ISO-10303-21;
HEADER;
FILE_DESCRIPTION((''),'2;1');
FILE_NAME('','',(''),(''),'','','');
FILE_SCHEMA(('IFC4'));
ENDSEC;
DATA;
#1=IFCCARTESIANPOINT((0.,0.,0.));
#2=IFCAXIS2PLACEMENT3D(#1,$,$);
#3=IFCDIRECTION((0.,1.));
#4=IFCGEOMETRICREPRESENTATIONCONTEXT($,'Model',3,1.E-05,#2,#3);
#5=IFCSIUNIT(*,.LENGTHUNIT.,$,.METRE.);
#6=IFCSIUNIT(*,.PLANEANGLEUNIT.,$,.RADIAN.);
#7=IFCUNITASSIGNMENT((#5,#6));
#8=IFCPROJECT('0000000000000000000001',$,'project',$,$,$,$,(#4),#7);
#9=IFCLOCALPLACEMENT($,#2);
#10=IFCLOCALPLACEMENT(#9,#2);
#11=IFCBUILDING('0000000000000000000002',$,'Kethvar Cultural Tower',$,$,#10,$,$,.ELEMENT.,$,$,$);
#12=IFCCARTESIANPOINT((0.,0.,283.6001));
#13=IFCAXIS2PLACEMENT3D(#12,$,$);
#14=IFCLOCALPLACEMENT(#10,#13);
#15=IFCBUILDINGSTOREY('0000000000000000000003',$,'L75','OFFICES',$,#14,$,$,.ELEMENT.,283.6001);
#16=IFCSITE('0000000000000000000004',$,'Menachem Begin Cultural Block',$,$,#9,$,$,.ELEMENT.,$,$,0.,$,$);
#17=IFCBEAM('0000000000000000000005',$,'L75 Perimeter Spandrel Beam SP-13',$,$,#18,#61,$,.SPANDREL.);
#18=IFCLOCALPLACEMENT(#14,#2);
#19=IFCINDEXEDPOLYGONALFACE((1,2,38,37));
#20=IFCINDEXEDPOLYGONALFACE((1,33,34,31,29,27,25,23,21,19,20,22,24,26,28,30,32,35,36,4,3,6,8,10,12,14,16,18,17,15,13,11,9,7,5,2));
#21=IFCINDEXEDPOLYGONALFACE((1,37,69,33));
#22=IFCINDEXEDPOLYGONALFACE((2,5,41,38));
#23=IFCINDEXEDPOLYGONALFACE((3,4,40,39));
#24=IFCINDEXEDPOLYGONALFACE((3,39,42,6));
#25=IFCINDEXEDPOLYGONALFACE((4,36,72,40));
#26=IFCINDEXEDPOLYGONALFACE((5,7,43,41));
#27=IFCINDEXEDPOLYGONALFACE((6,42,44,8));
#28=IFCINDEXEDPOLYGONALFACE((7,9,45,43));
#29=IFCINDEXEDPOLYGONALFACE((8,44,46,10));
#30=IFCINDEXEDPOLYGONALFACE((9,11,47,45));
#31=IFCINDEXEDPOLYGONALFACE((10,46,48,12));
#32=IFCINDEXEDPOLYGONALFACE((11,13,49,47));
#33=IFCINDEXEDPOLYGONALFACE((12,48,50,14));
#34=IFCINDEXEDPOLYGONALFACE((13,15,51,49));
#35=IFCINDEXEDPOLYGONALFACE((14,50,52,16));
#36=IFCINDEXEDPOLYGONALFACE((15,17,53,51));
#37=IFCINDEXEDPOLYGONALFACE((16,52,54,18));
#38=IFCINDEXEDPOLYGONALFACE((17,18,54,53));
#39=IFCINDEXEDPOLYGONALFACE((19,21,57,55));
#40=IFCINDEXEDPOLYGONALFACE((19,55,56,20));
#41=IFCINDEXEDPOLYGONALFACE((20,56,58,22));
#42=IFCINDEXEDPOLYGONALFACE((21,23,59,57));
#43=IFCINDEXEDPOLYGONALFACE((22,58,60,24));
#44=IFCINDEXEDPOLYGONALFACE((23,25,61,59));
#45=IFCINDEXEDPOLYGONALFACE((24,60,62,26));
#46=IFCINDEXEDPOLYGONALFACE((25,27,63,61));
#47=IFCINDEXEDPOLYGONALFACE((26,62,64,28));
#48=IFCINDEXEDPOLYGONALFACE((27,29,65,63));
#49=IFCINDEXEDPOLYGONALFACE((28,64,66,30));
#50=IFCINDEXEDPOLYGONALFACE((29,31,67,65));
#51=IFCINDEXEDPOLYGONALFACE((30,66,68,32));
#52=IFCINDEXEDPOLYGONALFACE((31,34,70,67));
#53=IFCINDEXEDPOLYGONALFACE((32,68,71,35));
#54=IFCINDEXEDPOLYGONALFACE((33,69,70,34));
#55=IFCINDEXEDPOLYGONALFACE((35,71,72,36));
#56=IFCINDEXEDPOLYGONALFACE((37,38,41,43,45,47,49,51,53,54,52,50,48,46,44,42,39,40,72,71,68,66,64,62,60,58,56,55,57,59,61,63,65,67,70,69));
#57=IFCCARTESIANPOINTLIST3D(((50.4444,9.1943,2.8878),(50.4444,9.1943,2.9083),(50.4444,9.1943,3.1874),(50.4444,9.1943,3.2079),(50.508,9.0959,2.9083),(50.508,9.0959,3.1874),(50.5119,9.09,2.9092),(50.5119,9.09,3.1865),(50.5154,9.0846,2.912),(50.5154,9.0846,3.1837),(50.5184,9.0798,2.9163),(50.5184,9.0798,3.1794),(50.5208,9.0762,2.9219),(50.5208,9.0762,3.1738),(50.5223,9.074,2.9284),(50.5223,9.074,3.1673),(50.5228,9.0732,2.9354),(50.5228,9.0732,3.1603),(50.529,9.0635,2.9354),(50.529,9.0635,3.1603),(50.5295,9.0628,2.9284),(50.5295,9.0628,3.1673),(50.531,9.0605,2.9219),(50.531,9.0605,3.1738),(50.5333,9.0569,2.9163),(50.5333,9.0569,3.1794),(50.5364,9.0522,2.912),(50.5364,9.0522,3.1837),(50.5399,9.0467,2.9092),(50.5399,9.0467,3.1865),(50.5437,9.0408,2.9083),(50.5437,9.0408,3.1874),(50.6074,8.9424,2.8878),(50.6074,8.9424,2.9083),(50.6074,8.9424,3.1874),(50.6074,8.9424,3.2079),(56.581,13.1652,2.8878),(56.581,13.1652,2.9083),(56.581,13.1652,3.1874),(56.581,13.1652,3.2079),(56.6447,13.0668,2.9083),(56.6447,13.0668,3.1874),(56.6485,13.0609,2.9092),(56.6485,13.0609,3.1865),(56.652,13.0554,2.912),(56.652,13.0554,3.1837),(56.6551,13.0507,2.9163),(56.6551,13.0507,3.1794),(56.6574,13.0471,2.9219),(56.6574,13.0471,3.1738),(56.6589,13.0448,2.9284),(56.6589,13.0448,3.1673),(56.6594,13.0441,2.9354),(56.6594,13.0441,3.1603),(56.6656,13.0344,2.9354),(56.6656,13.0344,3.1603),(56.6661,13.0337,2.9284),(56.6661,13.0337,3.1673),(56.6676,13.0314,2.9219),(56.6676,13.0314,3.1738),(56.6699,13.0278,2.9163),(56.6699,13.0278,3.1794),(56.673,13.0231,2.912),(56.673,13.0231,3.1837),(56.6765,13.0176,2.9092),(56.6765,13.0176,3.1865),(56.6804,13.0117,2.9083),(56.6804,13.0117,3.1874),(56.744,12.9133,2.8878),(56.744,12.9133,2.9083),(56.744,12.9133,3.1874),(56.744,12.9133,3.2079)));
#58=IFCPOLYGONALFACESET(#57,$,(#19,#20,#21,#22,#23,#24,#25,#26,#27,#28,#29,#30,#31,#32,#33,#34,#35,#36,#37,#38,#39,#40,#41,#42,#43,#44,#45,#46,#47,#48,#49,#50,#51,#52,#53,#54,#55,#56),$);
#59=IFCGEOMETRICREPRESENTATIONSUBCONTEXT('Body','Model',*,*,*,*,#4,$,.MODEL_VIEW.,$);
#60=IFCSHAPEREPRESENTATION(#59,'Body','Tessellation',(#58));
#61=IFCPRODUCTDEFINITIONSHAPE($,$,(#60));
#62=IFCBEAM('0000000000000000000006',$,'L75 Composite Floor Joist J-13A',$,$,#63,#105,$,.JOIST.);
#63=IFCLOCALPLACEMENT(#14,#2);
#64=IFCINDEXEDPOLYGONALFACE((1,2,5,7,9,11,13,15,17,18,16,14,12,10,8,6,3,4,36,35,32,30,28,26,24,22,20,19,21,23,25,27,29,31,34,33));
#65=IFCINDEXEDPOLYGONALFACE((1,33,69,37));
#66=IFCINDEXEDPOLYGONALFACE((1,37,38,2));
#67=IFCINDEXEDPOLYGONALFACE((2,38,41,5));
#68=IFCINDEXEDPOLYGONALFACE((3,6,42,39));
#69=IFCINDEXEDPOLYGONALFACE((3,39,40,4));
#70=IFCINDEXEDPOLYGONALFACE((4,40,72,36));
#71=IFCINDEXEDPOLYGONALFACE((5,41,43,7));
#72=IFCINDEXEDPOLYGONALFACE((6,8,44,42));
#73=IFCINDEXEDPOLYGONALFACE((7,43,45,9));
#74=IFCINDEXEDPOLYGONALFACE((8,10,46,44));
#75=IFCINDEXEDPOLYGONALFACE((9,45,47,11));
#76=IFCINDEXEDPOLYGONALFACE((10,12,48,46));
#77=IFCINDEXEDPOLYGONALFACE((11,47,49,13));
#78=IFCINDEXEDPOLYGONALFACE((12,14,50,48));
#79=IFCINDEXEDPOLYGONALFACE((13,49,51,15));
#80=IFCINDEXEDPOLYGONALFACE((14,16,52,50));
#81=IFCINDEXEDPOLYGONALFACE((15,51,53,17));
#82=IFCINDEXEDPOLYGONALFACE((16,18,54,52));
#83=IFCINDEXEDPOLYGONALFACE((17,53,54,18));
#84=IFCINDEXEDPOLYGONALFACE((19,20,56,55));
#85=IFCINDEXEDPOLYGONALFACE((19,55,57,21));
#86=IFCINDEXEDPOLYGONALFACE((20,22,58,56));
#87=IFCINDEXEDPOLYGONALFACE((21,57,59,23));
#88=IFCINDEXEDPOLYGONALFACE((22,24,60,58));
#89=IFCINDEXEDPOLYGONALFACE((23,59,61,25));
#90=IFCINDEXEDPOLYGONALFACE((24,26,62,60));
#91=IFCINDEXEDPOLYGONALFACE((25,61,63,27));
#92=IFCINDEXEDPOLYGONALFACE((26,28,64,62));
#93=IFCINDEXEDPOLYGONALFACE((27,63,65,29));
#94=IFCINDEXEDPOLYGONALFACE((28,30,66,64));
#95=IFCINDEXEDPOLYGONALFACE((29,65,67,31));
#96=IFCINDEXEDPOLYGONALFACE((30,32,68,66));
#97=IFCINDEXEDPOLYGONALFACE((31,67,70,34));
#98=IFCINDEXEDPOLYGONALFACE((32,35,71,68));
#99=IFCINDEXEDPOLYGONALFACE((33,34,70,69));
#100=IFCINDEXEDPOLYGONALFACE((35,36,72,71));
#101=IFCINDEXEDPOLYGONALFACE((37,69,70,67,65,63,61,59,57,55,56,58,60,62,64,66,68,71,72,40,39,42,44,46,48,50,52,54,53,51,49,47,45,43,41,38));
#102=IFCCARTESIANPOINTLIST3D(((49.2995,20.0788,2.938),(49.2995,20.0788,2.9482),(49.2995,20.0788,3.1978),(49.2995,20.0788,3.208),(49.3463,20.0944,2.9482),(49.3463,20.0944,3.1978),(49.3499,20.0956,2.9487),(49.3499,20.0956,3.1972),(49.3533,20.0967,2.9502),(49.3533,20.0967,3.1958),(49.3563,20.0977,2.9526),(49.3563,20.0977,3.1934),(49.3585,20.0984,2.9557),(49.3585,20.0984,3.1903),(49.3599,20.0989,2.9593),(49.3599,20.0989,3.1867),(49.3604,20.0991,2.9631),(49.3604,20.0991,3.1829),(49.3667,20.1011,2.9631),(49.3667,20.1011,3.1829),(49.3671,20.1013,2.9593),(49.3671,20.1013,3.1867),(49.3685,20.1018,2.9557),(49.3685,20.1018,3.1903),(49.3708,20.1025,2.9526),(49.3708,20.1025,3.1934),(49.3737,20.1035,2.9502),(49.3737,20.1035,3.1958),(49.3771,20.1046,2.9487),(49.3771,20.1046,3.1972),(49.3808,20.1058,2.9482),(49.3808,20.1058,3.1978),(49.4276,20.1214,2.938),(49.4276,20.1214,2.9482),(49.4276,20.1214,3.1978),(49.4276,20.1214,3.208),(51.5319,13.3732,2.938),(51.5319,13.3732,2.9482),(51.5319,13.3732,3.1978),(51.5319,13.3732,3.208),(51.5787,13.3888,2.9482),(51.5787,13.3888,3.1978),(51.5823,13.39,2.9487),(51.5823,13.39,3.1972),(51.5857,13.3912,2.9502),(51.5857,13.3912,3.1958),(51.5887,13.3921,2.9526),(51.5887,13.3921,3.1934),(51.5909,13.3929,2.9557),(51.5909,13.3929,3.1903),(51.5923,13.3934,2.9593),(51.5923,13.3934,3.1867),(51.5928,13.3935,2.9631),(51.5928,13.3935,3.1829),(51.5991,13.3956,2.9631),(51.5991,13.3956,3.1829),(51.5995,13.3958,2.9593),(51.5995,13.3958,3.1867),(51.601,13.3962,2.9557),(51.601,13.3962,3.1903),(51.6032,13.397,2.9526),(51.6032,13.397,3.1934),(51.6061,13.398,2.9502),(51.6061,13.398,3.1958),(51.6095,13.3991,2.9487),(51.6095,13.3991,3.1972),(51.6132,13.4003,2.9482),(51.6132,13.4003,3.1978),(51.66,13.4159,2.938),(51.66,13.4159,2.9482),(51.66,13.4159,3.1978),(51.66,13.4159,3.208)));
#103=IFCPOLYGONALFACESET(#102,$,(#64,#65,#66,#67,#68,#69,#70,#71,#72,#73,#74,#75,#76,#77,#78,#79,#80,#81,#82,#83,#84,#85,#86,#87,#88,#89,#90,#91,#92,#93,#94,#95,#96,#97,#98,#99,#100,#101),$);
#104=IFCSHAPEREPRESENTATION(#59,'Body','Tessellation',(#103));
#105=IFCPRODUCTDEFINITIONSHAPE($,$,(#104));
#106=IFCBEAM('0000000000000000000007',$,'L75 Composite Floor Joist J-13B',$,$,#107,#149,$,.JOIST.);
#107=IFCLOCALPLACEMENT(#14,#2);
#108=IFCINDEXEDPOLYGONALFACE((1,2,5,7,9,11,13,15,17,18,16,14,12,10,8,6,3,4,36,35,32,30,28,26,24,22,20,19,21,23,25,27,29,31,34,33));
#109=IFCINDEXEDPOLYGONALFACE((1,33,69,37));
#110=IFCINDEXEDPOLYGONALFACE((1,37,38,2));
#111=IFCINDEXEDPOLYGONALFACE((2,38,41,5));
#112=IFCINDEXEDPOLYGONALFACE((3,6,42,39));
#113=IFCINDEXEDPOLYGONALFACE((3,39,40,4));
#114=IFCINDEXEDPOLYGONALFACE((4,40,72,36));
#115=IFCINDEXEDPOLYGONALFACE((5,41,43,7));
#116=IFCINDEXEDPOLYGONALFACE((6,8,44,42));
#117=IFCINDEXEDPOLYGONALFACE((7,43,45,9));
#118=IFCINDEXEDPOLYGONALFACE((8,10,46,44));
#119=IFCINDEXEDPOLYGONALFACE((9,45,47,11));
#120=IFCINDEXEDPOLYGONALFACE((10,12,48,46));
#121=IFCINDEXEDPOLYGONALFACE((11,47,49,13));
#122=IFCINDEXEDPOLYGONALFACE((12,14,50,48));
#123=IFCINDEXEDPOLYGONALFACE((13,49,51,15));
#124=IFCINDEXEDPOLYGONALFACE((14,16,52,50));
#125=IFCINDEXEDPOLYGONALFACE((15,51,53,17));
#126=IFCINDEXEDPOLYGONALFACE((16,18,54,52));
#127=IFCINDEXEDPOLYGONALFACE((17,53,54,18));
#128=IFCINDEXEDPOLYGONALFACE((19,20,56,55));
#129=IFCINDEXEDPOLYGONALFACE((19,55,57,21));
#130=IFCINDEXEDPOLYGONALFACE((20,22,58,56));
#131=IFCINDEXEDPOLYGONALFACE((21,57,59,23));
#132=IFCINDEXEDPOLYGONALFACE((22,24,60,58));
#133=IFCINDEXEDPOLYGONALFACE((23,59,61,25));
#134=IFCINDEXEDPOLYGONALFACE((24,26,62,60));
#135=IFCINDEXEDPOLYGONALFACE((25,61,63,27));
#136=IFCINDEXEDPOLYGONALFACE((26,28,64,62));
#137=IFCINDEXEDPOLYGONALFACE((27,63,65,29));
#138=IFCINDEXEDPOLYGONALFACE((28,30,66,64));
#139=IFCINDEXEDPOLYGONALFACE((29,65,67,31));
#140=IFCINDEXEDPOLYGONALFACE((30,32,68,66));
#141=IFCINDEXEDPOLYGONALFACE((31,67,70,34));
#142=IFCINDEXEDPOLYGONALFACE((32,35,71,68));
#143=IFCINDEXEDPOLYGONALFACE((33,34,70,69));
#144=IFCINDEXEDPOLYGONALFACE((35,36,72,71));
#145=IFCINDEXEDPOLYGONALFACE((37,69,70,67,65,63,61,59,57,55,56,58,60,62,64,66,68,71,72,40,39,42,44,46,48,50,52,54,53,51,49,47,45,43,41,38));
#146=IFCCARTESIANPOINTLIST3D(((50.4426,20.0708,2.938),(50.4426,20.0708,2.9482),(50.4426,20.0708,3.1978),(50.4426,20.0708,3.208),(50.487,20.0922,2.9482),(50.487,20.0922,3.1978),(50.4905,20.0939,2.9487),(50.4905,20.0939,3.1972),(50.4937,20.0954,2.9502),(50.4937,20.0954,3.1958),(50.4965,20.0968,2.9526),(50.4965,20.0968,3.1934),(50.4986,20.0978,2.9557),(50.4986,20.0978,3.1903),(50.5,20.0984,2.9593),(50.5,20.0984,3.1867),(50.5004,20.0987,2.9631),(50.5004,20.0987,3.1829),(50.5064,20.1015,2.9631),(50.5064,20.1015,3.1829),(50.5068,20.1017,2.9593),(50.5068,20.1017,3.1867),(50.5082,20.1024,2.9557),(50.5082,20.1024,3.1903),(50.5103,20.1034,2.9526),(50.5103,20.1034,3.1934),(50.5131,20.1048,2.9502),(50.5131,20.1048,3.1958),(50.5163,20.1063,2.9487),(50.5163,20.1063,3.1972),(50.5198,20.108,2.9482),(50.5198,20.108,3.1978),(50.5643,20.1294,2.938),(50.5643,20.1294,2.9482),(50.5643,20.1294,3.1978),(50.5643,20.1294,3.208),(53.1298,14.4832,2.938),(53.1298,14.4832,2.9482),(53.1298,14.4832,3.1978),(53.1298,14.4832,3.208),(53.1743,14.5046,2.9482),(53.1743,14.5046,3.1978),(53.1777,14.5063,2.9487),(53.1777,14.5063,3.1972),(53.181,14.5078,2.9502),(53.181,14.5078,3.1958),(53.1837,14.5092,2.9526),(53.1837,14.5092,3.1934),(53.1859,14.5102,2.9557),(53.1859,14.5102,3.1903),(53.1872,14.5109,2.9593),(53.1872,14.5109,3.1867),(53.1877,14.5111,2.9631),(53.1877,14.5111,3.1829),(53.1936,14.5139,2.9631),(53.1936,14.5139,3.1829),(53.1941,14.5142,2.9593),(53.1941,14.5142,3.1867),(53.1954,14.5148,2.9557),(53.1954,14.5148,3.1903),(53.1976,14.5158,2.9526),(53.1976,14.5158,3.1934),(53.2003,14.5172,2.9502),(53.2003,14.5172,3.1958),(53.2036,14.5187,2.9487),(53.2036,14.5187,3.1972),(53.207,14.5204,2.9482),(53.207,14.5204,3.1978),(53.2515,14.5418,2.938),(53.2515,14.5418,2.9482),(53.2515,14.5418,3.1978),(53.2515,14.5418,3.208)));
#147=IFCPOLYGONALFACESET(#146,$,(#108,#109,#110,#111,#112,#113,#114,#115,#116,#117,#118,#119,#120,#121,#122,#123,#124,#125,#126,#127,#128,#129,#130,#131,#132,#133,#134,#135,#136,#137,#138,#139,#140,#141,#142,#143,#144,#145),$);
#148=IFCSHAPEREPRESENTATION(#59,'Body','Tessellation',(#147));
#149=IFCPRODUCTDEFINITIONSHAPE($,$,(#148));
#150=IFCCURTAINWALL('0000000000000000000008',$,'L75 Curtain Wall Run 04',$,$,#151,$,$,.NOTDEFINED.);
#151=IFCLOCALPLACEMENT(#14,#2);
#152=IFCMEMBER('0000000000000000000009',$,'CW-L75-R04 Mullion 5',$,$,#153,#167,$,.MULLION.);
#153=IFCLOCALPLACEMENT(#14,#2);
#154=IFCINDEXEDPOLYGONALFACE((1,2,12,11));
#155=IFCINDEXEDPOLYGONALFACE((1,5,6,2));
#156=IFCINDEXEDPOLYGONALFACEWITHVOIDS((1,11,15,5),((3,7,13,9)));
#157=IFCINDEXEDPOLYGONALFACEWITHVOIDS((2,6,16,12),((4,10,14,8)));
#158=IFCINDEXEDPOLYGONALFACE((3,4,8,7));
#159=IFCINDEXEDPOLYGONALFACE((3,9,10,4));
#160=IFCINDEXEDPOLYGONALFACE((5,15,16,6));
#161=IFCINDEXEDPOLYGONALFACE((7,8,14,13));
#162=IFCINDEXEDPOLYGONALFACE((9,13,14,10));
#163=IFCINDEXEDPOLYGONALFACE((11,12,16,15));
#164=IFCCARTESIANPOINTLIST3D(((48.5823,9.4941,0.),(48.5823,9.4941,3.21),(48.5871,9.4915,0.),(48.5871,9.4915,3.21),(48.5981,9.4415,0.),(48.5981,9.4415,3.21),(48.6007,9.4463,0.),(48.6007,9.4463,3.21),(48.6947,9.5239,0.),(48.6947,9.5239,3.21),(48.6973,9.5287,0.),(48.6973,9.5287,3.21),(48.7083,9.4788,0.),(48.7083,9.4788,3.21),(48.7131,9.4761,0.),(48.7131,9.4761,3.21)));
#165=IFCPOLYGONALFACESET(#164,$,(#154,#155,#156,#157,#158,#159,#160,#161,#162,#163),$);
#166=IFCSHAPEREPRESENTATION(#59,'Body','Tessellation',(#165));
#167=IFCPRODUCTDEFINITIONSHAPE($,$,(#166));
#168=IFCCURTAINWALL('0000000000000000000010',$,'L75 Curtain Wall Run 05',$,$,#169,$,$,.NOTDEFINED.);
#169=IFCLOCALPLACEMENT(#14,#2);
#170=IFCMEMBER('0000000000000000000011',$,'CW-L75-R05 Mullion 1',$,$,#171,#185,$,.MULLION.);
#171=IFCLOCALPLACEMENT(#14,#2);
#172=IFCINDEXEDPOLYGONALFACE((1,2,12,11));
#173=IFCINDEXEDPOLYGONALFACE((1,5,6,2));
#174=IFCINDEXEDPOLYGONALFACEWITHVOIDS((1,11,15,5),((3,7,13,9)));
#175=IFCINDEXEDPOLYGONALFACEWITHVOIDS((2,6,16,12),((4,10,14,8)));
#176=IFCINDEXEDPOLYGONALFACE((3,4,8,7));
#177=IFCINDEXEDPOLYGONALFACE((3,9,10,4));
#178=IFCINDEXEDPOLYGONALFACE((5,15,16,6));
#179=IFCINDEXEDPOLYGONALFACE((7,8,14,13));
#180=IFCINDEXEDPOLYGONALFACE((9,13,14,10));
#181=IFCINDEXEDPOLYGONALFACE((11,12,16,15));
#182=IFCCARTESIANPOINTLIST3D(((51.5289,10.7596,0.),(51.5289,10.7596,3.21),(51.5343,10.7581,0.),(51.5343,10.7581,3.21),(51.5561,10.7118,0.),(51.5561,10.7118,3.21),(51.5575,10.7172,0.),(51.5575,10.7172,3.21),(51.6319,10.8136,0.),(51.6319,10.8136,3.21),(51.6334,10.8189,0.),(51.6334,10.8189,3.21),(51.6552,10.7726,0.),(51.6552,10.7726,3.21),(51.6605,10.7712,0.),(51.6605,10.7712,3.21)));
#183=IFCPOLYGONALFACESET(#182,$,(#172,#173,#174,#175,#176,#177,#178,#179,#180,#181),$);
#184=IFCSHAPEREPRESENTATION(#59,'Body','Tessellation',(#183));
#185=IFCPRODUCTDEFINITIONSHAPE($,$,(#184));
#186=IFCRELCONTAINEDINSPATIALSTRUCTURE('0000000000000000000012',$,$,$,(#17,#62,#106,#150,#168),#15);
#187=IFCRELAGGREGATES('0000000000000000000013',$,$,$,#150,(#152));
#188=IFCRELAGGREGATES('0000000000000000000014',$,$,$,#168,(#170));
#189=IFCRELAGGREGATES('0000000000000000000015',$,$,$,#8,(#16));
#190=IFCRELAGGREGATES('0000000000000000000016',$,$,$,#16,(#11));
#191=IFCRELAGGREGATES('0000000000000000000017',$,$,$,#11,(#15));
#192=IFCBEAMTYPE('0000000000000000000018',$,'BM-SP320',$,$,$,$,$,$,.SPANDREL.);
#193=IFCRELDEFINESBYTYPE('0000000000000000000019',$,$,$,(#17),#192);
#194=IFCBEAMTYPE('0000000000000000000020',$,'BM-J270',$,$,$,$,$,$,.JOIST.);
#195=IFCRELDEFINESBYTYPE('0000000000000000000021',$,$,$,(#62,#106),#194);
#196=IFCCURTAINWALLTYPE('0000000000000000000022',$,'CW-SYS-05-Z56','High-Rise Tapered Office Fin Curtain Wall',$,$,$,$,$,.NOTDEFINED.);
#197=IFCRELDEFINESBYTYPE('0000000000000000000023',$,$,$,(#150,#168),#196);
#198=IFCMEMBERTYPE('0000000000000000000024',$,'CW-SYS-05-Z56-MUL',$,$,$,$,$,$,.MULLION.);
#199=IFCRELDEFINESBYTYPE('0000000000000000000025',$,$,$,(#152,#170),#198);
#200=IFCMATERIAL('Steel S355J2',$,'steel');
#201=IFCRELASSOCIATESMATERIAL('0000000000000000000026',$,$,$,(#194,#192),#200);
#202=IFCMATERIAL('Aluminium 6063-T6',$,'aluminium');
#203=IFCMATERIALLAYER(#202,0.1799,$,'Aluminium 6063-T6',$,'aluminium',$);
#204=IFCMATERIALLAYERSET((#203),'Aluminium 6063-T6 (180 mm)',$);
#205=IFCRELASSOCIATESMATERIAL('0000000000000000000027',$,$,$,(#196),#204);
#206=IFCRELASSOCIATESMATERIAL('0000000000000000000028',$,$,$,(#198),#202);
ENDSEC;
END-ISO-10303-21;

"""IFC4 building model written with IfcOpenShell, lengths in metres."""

from ifc_helpers import new_model, si_unit, direction, frame, origin, origin_2d, place, context, subcontext, project, spatial, hollow_rectangle, i_section, extrude, source, transform, mapped, material, layer, layer_set, material_profile, profile_set, type_object, element, aggregate, save


model = new_model("IFC4")

# Units and contexts
model_context = context("Model", 3, precision=1e-05, world=origin(), true_north=direction((0.0, 1.0)))
body_context = subcontext(model_context, "Body", "Model", "MODEL_VIEW")
ifc_project = project(units=[si_unit("LENGTHUNIT", "METRE"), si_unit("PLANEANGLEUNIT", "RADIAN")], contexts=[model_context])

# Site, building, storey
site_placement = place(None, origin())
site = spatial("IfcSite", under=ifc_project, at=site_placement, Name="Menachem Begin Cultural Block", CompositionType="ELEMENT", RefElevation=0.0)
building_placement = place(site_placement, origin())
building = spatial("IfcBuilding", under=site, at=building_placement, Name="Kethvar Cultural Tower", CompositionType="ELEMENT")
storey_placement = place(building_placement, frame((0.0, 0.0, 283.6001)))
storey = spatial("IfcBuildingStorey", under=building, at=storey_placement, Name="L75", Description="OFFICES", CompositionType="ELEMENT", Elevation=283.6001)

# Shared definitions
ifc_material_1 = material(Name="Steel S355J2", Category="steel")

# Beams
ifc_material_profile_1 = material_profile(ifc_material_1, i_section(OverallWidth=0.135, OverallDepth=0.27, WebThickness=0.0066, FlangeThickness=0.0103, FilletRadius=0.0149, at=origin_2d()), Name="Steel S355J2 — IPE270")
ifc_profile_set_1 = profile_set([ifc_material_profile_1], Name="Steel S355J2 — IPE270")
beam_type_1 = type_object("IfcBeamType", Name="BM-J270", PredefinedType="JOIST", material=ifc_profile_set_1)
ifc_material_profile_2 = material_profile(ifc_material_1, i_section(OverallWidth=0.3, OverallDepth=0.3201, WebThickness=0.0115, FlangeThickness=0.0205, FilletRadius=0.0271, at=origin_2d()), Name="Steel S355J2 — HEB320")
ifc_profile_set_2 = profile_set([ifc_material_profile_2], Name="Steel S355J2 — HEB320")
beam_type_2 = type_object("IfcBeamType", Name="BM-SP320", PredefinedType="SPANDREL", material=ifc_profile_set_2)
shared_shape_1 = source(origin(), body_context, "Body", "SweptSolid", [
    extrude(i_section(OverallWidth=0.3, OverallDepth=0.3201, WebThickness=0.0115, FlangeThickness=0.0205, FilletRadius=0.0271, at=origin_2d()), origin(), (0.0, 0.0, 1.0), 7.3093),
])
beam_1_placement = place(storey_placement, frame((50.5259, 9.0684, 3.0479), z_axis=(0.839562, 0.543264, 0.0), x_axis=(-0.543264, 0.839562, 0.0)))
element("IfcBeam", 1, at=beam_1_placement, inside=storey, type_object=beam_type_2, Name="L75 Perimeter Spandrel Beam SP-13", PredefinedType="SPANDREL", context=body_context, shape_type="MappedRepresentation", body=[
    mapped(shared_shape_1, transform((0.0, 0.0, 0.0), scale=1.0)),
])
shared_shape_2 = source(origin(), body_context, "Body", "SweptSolid", [
    extrude(i_section(OverallWidth=0.135, OverallDepth=0.27, WebThickness=0.0066, FlangeThickness=0.0103, FilletRadius=0.0149, at=origin_2d()), origin(), (0.0, 0.0, 1.0), 7.0674),
])
beam_2_placement = place(storey_placement, frame((49.3635, 20.1001, 3.073), z_axis=(0.315875, -0.948801, 0.0), x_axis=(0.948801, 0.315875, 0.0)))
element("IfcBeam", 2, at=beam_2_placement, inside=storey, type_object=beam_type_1, Name="L75 Composite Floor Joist J-13A", PredefinedType="JOIST", context=body_context, shape_type="MappedRepresentation", body=[
    mapped(shared_shape_2, transform((0.0, 0.0, 0.0), scale=1.0)),
])
shared_shape_3 = source(origin(), body_context, "Body", "SweptSolid", [
    extrude(i_section(OverallWidth=0.135, OverallDepth=0.27, WebThickness=0.0066, FlangeThickness=0.0103, FilletRadius=0.0149, at=origin_2d()), origin(), (0.0, 0.0, 1.0), 6.2002),
])
beam_3_placement = place(storey_placement, frame((50.5034, 20.1001, 3.073), z_axis=(0.433411, -0.901197, 0.0), x_axis=(0.901197, 0.433411, 0.0)))
element("IfcBeam", 3, at=beam_3_placement, inside=storey, type_object=beam_type_1, Name="L75 Composite Floor Joist J-13B", PredefinedType="JOIST", context=body_context, shape_type="MappedRepresentation", body=[
    mapped(shared_shape_3, transform((0.0, 0.0, 0.0), scale=1.0)),
])

# Curtain wall, member
ifc_material_2 = material(Name="Aluminium 6063-T6", Category="aluminium")
ifc_layer_1 = layer(ifc_material_2, 0.1799, Name="Aluminium 6063-T6", Category="aluminium")
ifc_layer_set_1 = layer_set([ifc_layer_1], Name="Aluminium 6063-T6 (180 mm)")
curtain_wall_type = type_object("IfcCurtainWallType", Name="CW-SYS-05-Z56", Description="High-Rise Tapered Office Fin Curtain Wall", PredefinedType="NOTDEFINED", material=ifc_layer_set_1)
curtain_wall_1_placement = place(storey_placement, origin())
curtain_wall_1 = element("IfcCurtainWall", 4, at=curtain_wall_1_placement, inside=storey, type_object=curtain_wall_type, Name="L75 Curtain Wall Run 04", PredefinedType="NOTDEFINED")
ifc_material_profile_3 = material_profile(ifc_material_2, hollow_rectangle(XDim=0.0549, YDim=0.1201, WallThickness=0.0039, at=origin_2d()), Name="Aluminium 6063-T6 — RHS120x55x4")
ifc_profile_set_3 = profile_set([ifc_material_profile_3], Name="Aluminium 6063-T6 — RHS120x55x4")
member_type_1 = type_object("IfcMemberType", Name="CW-SYS-05-Z56-MUL", PredefinedType="MULLION", material=ifc_profile_set_3)
shared_shape_4 = source(origin(), body_context, "Body", "SweptSolid", [
    extrude(hollow_rectangle(XDim=0.0549, YDim=0.1201, WallThickness=0.0039, at=origin_2d()), origin(), (0.0, 0.0, 1.0), 3.21),
])
member_1_placement = place(storey_placement, frame((48.6477, 9.4851, 0.0), z_axis=(0.0, 0.0, 1.0), x_axis=(-0.288531, 0.957471, 0.0)))
member_1 = element("IfcMember", 5, at=member_1_placement, type_object=member_type_1, Name="CW-L75-R04 Mullion 5", PredefinedType="MULLION", context=body_context, shape_type="MappedRepresentation", body=[
    mapped(shared_shape_4, transform((0.0, 0.0, 0.0), scale=1.0)),
])

# Curtain wall, member
curtain_wall_2_placement = place(storey_placement, origin())
curtain_wall_2 = element("IfcCurtainWall", 6, at=curtain_wall_2_placement, inside=storey, type_object=curtain_wall_type, Name="L75 Curtain Wall Run 05", PredefinedType="NOTDEFINED")
member_2_placement = place(storey_placement, frame((51.5947, 10.7654, 0.0), z_axis=(0.0, 0.0, 1.0), x_axis=(-0.494018, 0.869452, 0.0)))
member_2 = element("IfcMember", 7, at=member_2_placement, type_object=member_type_1, Name="CW-L75-R05 Mullion 1", PredefinedType="MULLION", context=body_context, shape_type="MappedRepresentation", body=[
    mapped(shared_shape_4, transform((0.0, 0.0, 0.0), scale=1.0)),
])

aggregate(curtain_wall_1, [member_1])
aggregate(curtain_wall_2, [member_2])

save(model, "model.ifc")
